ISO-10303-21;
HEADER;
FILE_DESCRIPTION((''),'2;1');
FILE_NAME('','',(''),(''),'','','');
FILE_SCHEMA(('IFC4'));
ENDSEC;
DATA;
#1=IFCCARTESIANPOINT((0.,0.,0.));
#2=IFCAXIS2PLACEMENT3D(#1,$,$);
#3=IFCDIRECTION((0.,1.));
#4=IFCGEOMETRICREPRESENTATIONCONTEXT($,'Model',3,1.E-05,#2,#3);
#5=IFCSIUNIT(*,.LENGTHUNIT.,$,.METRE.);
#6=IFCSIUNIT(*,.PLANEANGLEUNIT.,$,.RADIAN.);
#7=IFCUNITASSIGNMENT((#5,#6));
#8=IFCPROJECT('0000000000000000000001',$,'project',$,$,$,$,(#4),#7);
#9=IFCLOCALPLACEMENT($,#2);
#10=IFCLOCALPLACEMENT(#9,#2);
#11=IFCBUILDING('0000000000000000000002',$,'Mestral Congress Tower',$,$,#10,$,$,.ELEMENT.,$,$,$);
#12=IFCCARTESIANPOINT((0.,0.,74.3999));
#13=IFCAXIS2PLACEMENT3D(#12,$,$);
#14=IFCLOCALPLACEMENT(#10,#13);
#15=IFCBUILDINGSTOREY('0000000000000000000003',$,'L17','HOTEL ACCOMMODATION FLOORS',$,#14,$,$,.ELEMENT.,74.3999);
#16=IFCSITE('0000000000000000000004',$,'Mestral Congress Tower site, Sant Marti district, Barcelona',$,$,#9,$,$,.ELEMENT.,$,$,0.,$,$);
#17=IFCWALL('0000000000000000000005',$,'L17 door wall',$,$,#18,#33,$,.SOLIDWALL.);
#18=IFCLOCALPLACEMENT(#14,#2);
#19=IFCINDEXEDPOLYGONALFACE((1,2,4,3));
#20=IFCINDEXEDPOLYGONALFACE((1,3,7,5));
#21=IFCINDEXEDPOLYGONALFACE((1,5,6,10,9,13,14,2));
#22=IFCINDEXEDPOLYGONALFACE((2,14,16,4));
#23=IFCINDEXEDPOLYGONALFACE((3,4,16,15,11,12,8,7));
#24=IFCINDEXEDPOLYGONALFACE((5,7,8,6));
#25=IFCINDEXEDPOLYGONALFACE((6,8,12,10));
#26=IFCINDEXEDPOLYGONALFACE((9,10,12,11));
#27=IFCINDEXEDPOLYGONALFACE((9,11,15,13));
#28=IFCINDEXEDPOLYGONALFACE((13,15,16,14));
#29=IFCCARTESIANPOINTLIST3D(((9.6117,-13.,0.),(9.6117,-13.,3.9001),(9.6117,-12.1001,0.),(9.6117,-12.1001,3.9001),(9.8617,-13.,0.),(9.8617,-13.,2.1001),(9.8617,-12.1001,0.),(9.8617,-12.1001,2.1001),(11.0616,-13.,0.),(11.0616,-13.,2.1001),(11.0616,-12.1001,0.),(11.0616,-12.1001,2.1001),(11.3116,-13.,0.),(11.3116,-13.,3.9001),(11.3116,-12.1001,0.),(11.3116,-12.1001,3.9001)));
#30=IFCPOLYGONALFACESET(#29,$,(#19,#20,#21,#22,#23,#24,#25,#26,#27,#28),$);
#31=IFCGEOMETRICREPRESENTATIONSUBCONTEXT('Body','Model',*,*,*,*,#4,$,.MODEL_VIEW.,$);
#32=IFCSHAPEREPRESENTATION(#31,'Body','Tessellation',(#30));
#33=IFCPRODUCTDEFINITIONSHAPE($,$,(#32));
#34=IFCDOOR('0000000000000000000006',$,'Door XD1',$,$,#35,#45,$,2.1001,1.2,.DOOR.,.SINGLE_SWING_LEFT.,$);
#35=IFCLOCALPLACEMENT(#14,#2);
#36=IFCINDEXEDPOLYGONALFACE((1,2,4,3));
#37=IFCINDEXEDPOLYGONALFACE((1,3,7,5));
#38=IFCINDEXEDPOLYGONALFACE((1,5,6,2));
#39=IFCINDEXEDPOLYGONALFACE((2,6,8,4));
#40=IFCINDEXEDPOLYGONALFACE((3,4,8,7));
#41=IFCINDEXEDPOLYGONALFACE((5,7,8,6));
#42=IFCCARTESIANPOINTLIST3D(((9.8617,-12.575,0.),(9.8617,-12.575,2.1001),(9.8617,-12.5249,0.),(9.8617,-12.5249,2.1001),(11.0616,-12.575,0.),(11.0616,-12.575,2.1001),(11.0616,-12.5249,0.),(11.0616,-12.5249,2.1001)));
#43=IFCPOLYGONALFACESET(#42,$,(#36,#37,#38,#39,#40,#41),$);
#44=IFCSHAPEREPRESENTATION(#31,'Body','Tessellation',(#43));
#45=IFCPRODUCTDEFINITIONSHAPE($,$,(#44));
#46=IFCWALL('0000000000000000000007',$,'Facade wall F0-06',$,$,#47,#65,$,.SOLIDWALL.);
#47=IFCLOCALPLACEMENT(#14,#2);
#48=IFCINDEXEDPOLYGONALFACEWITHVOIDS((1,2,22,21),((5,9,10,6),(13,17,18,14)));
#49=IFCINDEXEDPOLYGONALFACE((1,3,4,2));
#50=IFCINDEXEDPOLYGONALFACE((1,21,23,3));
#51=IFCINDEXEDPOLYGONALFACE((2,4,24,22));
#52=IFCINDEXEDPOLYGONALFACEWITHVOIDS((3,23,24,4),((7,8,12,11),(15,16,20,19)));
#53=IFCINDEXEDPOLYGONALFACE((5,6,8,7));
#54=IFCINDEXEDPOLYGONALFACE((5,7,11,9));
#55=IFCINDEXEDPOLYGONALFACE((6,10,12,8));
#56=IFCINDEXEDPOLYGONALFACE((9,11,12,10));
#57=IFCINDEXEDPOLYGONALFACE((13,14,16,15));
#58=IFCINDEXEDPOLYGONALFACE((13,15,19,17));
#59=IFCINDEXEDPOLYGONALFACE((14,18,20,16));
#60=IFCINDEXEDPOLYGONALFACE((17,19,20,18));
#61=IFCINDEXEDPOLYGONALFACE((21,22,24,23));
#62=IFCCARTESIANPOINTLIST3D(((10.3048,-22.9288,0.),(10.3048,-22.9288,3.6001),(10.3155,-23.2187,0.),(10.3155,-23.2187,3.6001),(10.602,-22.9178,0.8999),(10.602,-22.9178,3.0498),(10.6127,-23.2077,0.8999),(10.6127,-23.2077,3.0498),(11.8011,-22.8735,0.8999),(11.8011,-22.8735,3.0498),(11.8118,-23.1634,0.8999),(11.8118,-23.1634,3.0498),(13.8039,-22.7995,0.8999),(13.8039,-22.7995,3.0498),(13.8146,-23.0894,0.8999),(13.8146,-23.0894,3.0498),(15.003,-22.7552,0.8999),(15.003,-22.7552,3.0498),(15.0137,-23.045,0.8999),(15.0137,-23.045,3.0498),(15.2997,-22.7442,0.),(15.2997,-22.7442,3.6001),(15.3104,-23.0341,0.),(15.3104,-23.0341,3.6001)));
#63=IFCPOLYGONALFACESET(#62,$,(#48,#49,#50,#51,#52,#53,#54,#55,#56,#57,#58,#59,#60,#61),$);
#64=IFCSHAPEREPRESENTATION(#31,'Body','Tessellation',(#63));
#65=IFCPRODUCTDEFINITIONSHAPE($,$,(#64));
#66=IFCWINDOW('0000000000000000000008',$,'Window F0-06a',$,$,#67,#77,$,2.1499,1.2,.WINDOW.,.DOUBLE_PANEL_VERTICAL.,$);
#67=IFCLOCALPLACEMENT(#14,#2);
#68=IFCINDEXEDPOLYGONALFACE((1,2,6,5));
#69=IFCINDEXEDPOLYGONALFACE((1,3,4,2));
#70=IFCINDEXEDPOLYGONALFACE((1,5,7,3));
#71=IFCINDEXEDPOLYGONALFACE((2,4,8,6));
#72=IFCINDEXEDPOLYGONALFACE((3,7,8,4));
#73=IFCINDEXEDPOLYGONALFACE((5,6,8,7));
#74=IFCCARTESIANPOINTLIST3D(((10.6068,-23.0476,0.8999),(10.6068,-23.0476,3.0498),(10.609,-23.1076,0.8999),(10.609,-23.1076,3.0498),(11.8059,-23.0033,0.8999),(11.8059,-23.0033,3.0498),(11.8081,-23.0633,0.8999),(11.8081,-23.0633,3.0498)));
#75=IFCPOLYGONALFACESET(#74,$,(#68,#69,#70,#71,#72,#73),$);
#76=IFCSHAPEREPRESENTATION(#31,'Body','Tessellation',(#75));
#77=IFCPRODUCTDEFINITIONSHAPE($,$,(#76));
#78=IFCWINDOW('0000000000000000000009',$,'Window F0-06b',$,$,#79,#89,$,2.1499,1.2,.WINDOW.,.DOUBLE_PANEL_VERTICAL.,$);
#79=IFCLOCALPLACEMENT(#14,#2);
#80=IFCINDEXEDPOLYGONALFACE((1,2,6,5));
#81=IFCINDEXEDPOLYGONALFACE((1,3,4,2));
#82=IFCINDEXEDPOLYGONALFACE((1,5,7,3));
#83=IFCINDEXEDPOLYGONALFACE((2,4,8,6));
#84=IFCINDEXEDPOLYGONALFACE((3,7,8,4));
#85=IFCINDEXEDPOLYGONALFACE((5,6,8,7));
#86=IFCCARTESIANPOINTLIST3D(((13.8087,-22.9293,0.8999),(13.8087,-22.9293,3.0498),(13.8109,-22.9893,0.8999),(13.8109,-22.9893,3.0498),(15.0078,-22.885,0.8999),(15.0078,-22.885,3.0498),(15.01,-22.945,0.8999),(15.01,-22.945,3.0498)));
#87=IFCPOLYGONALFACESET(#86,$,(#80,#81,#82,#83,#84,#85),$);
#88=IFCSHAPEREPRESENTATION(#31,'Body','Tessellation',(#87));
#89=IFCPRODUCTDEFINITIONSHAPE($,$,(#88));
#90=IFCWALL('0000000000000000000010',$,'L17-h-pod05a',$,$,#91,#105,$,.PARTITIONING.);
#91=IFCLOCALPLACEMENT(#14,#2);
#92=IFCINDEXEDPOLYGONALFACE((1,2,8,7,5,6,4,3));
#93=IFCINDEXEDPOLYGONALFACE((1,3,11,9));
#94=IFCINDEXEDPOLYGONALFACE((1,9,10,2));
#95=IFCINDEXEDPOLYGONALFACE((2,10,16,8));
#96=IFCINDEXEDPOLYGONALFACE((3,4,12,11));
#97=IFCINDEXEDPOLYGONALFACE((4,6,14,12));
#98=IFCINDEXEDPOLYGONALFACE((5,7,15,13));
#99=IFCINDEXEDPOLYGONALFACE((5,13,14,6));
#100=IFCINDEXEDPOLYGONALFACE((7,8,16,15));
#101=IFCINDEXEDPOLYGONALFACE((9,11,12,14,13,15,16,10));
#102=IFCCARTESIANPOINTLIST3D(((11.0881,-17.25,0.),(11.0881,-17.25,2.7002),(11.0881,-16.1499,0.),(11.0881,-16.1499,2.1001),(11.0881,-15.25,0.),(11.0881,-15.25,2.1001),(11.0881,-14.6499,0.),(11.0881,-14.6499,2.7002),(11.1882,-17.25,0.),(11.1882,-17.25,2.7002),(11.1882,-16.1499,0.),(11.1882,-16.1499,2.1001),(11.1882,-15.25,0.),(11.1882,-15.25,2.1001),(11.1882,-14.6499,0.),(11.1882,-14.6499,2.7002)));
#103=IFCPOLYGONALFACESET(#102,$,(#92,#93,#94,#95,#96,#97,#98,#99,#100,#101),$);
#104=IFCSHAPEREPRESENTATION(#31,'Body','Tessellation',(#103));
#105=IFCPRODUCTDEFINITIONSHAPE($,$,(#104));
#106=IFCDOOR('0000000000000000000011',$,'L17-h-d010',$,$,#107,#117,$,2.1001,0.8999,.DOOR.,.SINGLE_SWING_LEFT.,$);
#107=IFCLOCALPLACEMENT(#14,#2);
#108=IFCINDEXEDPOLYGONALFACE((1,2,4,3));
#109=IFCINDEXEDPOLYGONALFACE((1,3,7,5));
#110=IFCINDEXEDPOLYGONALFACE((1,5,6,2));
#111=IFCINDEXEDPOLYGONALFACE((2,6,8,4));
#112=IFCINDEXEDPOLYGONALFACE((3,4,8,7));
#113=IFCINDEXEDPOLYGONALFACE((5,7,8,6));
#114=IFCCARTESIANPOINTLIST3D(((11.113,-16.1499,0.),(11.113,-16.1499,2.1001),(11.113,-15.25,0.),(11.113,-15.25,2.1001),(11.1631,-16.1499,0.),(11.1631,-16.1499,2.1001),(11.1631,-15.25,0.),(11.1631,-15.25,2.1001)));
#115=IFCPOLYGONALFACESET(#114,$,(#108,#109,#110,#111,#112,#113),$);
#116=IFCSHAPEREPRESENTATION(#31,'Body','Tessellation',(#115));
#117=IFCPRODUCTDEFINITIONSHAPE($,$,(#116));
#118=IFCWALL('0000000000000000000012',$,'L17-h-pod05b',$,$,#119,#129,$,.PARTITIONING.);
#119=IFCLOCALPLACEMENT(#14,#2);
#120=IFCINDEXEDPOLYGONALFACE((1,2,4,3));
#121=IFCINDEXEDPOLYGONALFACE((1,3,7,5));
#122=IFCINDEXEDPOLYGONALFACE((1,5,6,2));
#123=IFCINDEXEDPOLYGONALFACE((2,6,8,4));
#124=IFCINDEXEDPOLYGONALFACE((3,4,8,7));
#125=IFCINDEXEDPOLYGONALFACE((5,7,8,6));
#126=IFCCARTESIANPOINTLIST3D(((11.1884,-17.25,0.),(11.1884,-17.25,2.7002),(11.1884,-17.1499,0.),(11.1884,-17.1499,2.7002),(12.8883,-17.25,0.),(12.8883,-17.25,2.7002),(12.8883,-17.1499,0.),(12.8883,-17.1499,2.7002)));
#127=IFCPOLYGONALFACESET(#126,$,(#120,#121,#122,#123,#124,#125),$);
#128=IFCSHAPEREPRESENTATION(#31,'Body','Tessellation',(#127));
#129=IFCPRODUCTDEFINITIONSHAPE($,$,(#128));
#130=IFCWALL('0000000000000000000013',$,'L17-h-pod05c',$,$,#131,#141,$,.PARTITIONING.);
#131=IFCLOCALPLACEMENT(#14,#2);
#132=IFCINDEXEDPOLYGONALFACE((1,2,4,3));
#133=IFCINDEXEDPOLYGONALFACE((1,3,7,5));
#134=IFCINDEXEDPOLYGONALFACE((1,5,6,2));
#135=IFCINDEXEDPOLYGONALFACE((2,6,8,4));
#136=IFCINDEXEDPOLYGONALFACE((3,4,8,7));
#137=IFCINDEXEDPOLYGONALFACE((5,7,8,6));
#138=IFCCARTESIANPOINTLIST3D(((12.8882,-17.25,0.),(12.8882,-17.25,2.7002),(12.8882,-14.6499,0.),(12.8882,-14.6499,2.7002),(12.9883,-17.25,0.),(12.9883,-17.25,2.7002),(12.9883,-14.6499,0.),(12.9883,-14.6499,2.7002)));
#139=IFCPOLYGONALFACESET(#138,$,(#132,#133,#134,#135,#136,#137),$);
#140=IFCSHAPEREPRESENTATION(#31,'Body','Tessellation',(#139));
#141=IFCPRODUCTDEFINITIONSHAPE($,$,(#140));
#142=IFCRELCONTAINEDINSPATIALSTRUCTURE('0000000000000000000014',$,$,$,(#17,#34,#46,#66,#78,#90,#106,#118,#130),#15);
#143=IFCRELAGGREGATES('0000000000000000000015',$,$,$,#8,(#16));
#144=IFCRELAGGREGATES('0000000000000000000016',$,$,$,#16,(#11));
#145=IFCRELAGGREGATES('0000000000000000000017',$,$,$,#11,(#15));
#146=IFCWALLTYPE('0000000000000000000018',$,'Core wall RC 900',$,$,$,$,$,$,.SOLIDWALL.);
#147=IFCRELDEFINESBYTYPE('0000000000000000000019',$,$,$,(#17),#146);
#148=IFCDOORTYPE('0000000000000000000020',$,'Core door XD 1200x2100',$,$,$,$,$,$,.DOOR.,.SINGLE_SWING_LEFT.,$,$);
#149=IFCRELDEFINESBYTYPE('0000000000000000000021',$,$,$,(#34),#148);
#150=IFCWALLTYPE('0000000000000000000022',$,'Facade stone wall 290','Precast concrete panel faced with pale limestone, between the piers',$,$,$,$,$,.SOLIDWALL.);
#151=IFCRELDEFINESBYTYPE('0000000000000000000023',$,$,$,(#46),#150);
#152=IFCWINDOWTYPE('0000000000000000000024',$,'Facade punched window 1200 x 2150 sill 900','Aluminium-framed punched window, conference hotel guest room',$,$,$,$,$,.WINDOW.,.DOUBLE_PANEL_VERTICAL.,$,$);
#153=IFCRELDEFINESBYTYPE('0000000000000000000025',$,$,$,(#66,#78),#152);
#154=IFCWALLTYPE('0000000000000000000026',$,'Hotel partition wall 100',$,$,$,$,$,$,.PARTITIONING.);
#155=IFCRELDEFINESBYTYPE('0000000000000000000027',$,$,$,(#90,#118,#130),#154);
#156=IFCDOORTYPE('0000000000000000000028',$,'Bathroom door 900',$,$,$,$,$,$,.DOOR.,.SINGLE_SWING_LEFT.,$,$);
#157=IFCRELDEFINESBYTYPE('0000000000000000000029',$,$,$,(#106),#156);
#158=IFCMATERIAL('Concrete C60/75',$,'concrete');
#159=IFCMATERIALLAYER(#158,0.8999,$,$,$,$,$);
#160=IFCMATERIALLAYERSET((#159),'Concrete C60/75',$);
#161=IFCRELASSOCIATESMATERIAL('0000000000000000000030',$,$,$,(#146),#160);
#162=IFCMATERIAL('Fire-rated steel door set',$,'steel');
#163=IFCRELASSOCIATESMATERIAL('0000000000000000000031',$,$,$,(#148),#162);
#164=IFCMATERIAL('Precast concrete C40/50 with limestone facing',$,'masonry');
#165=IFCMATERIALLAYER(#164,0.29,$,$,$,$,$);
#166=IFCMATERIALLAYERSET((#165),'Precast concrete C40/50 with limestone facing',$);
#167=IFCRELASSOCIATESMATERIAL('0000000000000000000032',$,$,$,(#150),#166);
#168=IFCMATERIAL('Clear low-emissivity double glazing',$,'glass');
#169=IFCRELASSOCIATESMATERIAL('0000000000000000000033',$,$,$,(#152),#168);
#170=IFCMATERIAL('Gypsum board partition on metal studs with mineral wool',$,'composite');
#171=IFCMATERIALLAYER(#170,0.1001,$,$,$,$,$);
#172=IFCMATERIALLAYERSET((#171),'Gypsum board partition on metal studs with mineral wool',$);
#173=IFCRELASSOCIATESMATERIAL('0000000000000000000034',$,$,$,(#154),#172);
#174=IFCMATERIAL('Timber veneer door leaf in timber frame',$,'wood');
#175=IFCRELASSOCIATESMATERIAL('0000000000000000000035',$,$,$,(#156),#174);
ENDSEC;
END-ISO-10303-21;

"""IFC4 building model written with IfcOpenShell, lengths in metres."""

from ifc_helpers import new_model, si_unit, direction, frame, frame_2d, origin, place, context, subcontext, project, spatial, rectangle, extrude, material, layer, layer_set, type_object, element, fill, save


model = new_model("IFC4")

# Units and contexts
model_context = context("Model", 3, precision=1e-05, world=origin(), true_north=direction((0.0, 1.0)))
body_context = subcontext(model_context, "Body", "Model", "MODEL_VIEW")
ifc_project = project(units=[si_unit("LENGTHUNIT", "METRE"), si_unit("PLANEANGLEUNIT", "RADIAN")], contexts=[model_context])

# Site, building, storey
site_placement = place(None, origin())
site = spatial("IfcSite", under=ifc_project, at=site_placement, Name="Mestral Congress Tower site, Sant Marti district, Barcelona", CompositionType="ELEMENT", RefElevation=0.0)
building_placement = place(site_placement, origin())
building = spatial("IfcBuilding", under=site, at=building_placement, Name="Mestral Congress Tower", CompositionType="ELEMENT")
storey_placement = place(building_placement, frame((0.0, 0.0, 74.3999)))
storey = spatial("IfcBuildingStorey", under=building, at=storey_placement, Name="L17", Description="HOTEL ACCOMMODATION FLOORS", CompositionType="ELEMENT", Elevation=74.3999)

# Shared definitions
ifc_material_1 = material(Name="Concrete C60/75", Category="concrete")
ifc_layer_1 = layer(ifc_material_1, 0.8999)
ifc_layer_set_1 = layer_set([ifc_layer_1], Name="Concrete C60/75")
wall_type_1 = type_object("IfcWallType", Name="Core wall RC 900", PredefinedType="SOLIDWALL", material=ifc_layer_set_1)

# Wall, opening, door
wall_1_placement = place(storey_placement, frame((11.3118, -12.55, 0.0), z_axis=(0.0, 0.0, 1.0), x_axis=(-1.0, 0.0, 0.0)))
wall_1 = element("IfcWall", 1, at=wall_1_placement, inside=storey, type_object=wall_type_1, Name="L17 door wall", PredefinedType="SOLIDWALL", context=body_context, shape_type="SweptSolid", body=[
    extrude(rectangle(XDim=1.7, YDim=0.8999, at=frame_2d((0.8501, 0.0))), origin(), (0.0, 0.0, 1.0), 3.9001),
])
opening_1_placement = place(wall_1_placement, frame((0.25, 0.0, 0.0)))
opening_1 = element("IfcOpeningElement", 2, at=opening_1_placement, cuts=wall_1, PredefinedType="OPENING", context=body_context, shape_type="SweptSolid", body=[
    extrude(rectangle(XDim=1.2, YDim=2.1001, at=frame_2d((0.6001, 1.05))), frame((0.0, 0.46, 0.0), z_axis=(0.0, -1.0, 0.0), x_axis=(1.0, 0.0, 0.0)), (0.0, 0.0, 1.0), 0.9199),
])
ifc_material_2 = material(Name="Fire-rated steel door set", Category="steel")
door_type_1 = type_object("IfcDoorType", Name="Core door XD 1200x2100", OperationType="SINGLE_SWING_LEFT", PredefinedType="DOOR", material=ifc_material_2)
door_1_placement = place(opening_1_placement, origin())
door_1 = element("IfcDoor", 3, at=door_1_placement, inside=storey, type_object=door_type_1, Name="Door XD1", OperationType="SINGLE_SWING_LEFT", OverallHeight=2.1001, OverallWidth=1.2, PredefinedType="DOOR", context=body_context, shape_type="SweptSolid", body=[
    extrude(rectangle(XDim=1.2, YDim=2.1001, at=frame_2d((0.6001, 1.05))), frame((0.0, 0.0249, 0.0), z_axis=(0.0, -1.0, 0.0), x_axis=(1.0, 0.0, 0.0)), (0.0, 0.0, 1.0), 0.05),
])
fill(opening_1, door_1)

# Wall, openings, windows
ifc_material_3 = material(Name="Precast concrete C40/50 with limestone facing", Category="masonry")
ifc_layer_2 = layer(ifc_material_3, 0.29)
ifc_layer_set_2 = layer_set([ifc_layer_2], Name="Precast concrete C40/50 with limestone facing")
wall_type_2 = type_object("IfcWallType", Name="Facade stone wall 290", Description="Precast concrete panel faced with pale limestone, between the piers", PredefinedType="SOLIDWALL", material=ifc_layer_set_2)
wall_2_placement = place(storey_placement, frame((10.3103, -23.0737, 0.0), z_axis=(0.0, 0.0, 1.0), x_axis=(0.999318, 0.036927, 0.0)))
wall_2 = element("IfcWall", 4, at=wall_2_placement, inside=storey, type_object=wall_type_2, Name="Facade wall F0-06", PredefinedType="SOLIDWALL", context=body_context, shape_type="SweptSolid", body=[
    extrude(rectangle(XDim=4.9983, YDim=0.29, at=frame_2d((2.499, 0.0))), origin(), (0.0, 0.0, 1.0), 3.6001),
])
opening_2_placement = place(wall_2_placement, frame((0.2971, 0.0, 0.8999)))
opening_2 = element("IfcOpeningElement", 5, at=opening_2_placement, cuts=wall_2, PredefinedType="OPENING", context=body_context, shape_type="SweptSolid", body=[
    extrude(rectangle(XDim=1.2, YDim=2.1499, at=frame_2d((0.6001, 1.075))), frame((0.0, 0.155, 0.0), z_axis=(0.0, -1.0, 0.0), x_axis=(1.0, 0.0, 0.0)), (0.0, 0.0, 1.0), 0.3101),
])
opening_3_placement = place(wall_2_placement, frame((3.5012, 0.0, 0.8999)))
opening_3 = element("IfcOpeningElement", 6, at=opening_3_placement, cuts=wall_2, PredefinedType="OPENING", context=body_context, shape_type="SweptSolid", body=[
    extrude(rectangle(XDim=1.2, YDim=2.1499, at=frame_2d((0.6001, 1.075))), frame((0.0, 0.155, 0.0), z_axis=(0.0, -1.0, 0.0), x_axis=(1.0, 0.0, 0.0)), (0.0, 0.0, 1.0), 0.3101),
])
ifc_material_4 = material(Name="Clear low-emissivity double glazing", Category="glass")
window_type = type_object("IfcWindowType", Name="Facade punched window 1200 x 2150 sill 900", Description="Aluminium-framed punched window, conference hotel guest room", PartitioningType="DOUBLE_PANEL_VERTICAL", PredefinedType="WINDOW", material=ifc_material_4)
window_1_placement = place(opening_2_placement, origin())
window_1 = element("IfcWindow", 7, at=window_1_placement, inside=storey, type_object=window_type, Name="Window F0-06a", OverallHeight=2.1499, OverallWidth=1.2, PartitioningType="DOUBLE_PANEL_VERTICAL", PredefinedType="WINDOW", context=body_context, shape_type="SweptSolid", body=[
    extrude(rectangle(XDim=1.2, YDim=2.1499, at=frame_2d((0.6001, 1.075))), frame((0.0, 0.0151, 0.0), z_axis=(0.0, -1.0, 0.0), x_axis=(1.0, 0.0, 0.0)), (0.0, 0.0, 1.0), 0.0601),
])
fill(opening_2, window_1)
window_2_placement = place(opening_3_placement, origin())
window_2 = element("IfcWindow", 8, at=window_2_placement, inside=storey, type_object=window_type, Name="Window F0-06b", OverallHeight=2.1499, OverallWidth=1.2, PartitioningType="DOUBLE_PANEL_VERTICAL", PredefinedType="WINDOW", context=body_context, shape_type="SweptSolid", body=[
    extrude(rectangle(XDim=1.2, YDim=2.1499, at=frame_2d((0.6001, 1.075))), frame((0.0, 0.0151, 0.0), z_axis=(0.0, -1.0, 0.0), x_axis=(1.0, 0.0, 0.0)), (0.0, 0.0, 1.0), 0.0601),
])
fill(opening_3, window_2)

# Wall, opening, door
ifc_material_5 = material(Name="Gypsum board partition on metal studs with mineral wool", Category="composite")
ifc_layer_3 = layer(ifc_material_5, 0.1001)
ifc_layer_set_3 = layer_set([ifc_layer_3], Name="Gypsum board partition on metal studs with mineral wool")
wall_type_3 = type_object("IfcWallType", Name="Hotel partition wall 100", PredefinedType="PARTITIONING", material=ifc_layer_set_3)
wall_3_placement = place(storey_placement, frame((11.1382, -14.6499, 0.0), z_axis=(0.0, 0.0, 1.0), x_axis=(0.0, -1.0, 0.0)))
wall_3 = element("IfcWall", 9, at=wall_3_placement, inside=storey, type_object=wall_type_3, Name="L17-h-pod05a", PredefinedType="PARTITIONING", context=body_context, shape_type="SweptSolid", body=[
    extrude(rectangle(XDim=2.6001, YDim=0.1001, at=frame_2d((1.3, 0.0))), origin(), (0.0, 0.0, 1.0), 2.7002),
])
opening_4_placement = place(wall_3_placement, frame((0.6001, 0.0, 0.0)))
opening_4 = element("IfcOpeningElement", 10, at=opening_4_placement, cuts=wall_3, PredefinedType="OPENING", context=body_context, shape_type="SweptSolid", body=[
    extrude(rectangle(XDim=0.8999, YDim=2.1001, at=frame_2d((0.45, 1.05))), frame((0.0, 0.0601, 0.0), z_axis=(0.0, -1.0, 0.0), x_axis=(1.0, 0.0, 0.0)), (0.0, 0.0, 1.0), 0.1201),
])
ifc_material_6 = material(Name="Timber veneer door leaf in timber frame", Category="wood")
door_type_2 = type_object("IfcDoorType", Name="Bathroom door 900", OperationType="SINGLE_SWING_LEFT", PredefinedType="DOOR", material=ifc_material_6)
door_2_placement = place(opening_4_placement, origin())
door_2 = element("IfcDoor", 11, at=door_2_placement, inside=storey, type_object=door_type_2, Name="L17-h-d010", OperationType="SINGLE_SWING_LEFT", OverallHeight=2.1001, OverallWidth=0.8999, PredefinedType="DOOR", context=body_context, shape_type="SweptSolid", body=[
    extrude(rectangle(XDim=0.8999, YDim=2.1001, at=frame_2d((0.45, 1.05))), frame((0.0, 0.0249, 0.0), z_axis=(0.0, -1.0, 0.0), x_axis=(1.0, 0.0, 0.0)), (0.0, 0.0, 1.0), 0.05),
])
fill(opening_4, door_2)

# Walls
wall_4_placement = place(storey_placement, frame((11.1882, -17.2, 0.0), z_axis=(0.0, 0.0, 1.0), x_axis=(1.0, 0.0, 0.0)))
element("IfcWall", 12, at=wall_4_placement, inside=storey, type_object=wall_type_3, Name="L17-h-pod05b", PredefinedType="PARTITIONING", context=body_context, shape_type="SweptSolid", body=[
    extrude(rectangle(XDim=1.7, YDim=0.1001, at=frame_2d((0.8501, 0.0))), origin(), (0.0, 0.0, 1.0), 2.7002),
])
wall_5_placement = place(storey_placement, frame((12.9382, -14.6499, 0.0), z_axis=(0.0, 0.0, 1.0), x_axis=(0.0, -1.0, 0.0)))
element("IfcWall", 13, at=wall_5_placement, inside=storey, type_object=wall_type_3, Name="L17-h-pod05c", PredefinedType="PARTITIONING", context=body_context, shape_type="SweptSolid", body=[
    extrude(rectangle(XDim=2.6001, YDim=0.1001, at=frame_2d((1.3, 0.0))), origin(), (0.0, 0.0, 1.0), 2.7002),
])

save(model, "model.ifc")
